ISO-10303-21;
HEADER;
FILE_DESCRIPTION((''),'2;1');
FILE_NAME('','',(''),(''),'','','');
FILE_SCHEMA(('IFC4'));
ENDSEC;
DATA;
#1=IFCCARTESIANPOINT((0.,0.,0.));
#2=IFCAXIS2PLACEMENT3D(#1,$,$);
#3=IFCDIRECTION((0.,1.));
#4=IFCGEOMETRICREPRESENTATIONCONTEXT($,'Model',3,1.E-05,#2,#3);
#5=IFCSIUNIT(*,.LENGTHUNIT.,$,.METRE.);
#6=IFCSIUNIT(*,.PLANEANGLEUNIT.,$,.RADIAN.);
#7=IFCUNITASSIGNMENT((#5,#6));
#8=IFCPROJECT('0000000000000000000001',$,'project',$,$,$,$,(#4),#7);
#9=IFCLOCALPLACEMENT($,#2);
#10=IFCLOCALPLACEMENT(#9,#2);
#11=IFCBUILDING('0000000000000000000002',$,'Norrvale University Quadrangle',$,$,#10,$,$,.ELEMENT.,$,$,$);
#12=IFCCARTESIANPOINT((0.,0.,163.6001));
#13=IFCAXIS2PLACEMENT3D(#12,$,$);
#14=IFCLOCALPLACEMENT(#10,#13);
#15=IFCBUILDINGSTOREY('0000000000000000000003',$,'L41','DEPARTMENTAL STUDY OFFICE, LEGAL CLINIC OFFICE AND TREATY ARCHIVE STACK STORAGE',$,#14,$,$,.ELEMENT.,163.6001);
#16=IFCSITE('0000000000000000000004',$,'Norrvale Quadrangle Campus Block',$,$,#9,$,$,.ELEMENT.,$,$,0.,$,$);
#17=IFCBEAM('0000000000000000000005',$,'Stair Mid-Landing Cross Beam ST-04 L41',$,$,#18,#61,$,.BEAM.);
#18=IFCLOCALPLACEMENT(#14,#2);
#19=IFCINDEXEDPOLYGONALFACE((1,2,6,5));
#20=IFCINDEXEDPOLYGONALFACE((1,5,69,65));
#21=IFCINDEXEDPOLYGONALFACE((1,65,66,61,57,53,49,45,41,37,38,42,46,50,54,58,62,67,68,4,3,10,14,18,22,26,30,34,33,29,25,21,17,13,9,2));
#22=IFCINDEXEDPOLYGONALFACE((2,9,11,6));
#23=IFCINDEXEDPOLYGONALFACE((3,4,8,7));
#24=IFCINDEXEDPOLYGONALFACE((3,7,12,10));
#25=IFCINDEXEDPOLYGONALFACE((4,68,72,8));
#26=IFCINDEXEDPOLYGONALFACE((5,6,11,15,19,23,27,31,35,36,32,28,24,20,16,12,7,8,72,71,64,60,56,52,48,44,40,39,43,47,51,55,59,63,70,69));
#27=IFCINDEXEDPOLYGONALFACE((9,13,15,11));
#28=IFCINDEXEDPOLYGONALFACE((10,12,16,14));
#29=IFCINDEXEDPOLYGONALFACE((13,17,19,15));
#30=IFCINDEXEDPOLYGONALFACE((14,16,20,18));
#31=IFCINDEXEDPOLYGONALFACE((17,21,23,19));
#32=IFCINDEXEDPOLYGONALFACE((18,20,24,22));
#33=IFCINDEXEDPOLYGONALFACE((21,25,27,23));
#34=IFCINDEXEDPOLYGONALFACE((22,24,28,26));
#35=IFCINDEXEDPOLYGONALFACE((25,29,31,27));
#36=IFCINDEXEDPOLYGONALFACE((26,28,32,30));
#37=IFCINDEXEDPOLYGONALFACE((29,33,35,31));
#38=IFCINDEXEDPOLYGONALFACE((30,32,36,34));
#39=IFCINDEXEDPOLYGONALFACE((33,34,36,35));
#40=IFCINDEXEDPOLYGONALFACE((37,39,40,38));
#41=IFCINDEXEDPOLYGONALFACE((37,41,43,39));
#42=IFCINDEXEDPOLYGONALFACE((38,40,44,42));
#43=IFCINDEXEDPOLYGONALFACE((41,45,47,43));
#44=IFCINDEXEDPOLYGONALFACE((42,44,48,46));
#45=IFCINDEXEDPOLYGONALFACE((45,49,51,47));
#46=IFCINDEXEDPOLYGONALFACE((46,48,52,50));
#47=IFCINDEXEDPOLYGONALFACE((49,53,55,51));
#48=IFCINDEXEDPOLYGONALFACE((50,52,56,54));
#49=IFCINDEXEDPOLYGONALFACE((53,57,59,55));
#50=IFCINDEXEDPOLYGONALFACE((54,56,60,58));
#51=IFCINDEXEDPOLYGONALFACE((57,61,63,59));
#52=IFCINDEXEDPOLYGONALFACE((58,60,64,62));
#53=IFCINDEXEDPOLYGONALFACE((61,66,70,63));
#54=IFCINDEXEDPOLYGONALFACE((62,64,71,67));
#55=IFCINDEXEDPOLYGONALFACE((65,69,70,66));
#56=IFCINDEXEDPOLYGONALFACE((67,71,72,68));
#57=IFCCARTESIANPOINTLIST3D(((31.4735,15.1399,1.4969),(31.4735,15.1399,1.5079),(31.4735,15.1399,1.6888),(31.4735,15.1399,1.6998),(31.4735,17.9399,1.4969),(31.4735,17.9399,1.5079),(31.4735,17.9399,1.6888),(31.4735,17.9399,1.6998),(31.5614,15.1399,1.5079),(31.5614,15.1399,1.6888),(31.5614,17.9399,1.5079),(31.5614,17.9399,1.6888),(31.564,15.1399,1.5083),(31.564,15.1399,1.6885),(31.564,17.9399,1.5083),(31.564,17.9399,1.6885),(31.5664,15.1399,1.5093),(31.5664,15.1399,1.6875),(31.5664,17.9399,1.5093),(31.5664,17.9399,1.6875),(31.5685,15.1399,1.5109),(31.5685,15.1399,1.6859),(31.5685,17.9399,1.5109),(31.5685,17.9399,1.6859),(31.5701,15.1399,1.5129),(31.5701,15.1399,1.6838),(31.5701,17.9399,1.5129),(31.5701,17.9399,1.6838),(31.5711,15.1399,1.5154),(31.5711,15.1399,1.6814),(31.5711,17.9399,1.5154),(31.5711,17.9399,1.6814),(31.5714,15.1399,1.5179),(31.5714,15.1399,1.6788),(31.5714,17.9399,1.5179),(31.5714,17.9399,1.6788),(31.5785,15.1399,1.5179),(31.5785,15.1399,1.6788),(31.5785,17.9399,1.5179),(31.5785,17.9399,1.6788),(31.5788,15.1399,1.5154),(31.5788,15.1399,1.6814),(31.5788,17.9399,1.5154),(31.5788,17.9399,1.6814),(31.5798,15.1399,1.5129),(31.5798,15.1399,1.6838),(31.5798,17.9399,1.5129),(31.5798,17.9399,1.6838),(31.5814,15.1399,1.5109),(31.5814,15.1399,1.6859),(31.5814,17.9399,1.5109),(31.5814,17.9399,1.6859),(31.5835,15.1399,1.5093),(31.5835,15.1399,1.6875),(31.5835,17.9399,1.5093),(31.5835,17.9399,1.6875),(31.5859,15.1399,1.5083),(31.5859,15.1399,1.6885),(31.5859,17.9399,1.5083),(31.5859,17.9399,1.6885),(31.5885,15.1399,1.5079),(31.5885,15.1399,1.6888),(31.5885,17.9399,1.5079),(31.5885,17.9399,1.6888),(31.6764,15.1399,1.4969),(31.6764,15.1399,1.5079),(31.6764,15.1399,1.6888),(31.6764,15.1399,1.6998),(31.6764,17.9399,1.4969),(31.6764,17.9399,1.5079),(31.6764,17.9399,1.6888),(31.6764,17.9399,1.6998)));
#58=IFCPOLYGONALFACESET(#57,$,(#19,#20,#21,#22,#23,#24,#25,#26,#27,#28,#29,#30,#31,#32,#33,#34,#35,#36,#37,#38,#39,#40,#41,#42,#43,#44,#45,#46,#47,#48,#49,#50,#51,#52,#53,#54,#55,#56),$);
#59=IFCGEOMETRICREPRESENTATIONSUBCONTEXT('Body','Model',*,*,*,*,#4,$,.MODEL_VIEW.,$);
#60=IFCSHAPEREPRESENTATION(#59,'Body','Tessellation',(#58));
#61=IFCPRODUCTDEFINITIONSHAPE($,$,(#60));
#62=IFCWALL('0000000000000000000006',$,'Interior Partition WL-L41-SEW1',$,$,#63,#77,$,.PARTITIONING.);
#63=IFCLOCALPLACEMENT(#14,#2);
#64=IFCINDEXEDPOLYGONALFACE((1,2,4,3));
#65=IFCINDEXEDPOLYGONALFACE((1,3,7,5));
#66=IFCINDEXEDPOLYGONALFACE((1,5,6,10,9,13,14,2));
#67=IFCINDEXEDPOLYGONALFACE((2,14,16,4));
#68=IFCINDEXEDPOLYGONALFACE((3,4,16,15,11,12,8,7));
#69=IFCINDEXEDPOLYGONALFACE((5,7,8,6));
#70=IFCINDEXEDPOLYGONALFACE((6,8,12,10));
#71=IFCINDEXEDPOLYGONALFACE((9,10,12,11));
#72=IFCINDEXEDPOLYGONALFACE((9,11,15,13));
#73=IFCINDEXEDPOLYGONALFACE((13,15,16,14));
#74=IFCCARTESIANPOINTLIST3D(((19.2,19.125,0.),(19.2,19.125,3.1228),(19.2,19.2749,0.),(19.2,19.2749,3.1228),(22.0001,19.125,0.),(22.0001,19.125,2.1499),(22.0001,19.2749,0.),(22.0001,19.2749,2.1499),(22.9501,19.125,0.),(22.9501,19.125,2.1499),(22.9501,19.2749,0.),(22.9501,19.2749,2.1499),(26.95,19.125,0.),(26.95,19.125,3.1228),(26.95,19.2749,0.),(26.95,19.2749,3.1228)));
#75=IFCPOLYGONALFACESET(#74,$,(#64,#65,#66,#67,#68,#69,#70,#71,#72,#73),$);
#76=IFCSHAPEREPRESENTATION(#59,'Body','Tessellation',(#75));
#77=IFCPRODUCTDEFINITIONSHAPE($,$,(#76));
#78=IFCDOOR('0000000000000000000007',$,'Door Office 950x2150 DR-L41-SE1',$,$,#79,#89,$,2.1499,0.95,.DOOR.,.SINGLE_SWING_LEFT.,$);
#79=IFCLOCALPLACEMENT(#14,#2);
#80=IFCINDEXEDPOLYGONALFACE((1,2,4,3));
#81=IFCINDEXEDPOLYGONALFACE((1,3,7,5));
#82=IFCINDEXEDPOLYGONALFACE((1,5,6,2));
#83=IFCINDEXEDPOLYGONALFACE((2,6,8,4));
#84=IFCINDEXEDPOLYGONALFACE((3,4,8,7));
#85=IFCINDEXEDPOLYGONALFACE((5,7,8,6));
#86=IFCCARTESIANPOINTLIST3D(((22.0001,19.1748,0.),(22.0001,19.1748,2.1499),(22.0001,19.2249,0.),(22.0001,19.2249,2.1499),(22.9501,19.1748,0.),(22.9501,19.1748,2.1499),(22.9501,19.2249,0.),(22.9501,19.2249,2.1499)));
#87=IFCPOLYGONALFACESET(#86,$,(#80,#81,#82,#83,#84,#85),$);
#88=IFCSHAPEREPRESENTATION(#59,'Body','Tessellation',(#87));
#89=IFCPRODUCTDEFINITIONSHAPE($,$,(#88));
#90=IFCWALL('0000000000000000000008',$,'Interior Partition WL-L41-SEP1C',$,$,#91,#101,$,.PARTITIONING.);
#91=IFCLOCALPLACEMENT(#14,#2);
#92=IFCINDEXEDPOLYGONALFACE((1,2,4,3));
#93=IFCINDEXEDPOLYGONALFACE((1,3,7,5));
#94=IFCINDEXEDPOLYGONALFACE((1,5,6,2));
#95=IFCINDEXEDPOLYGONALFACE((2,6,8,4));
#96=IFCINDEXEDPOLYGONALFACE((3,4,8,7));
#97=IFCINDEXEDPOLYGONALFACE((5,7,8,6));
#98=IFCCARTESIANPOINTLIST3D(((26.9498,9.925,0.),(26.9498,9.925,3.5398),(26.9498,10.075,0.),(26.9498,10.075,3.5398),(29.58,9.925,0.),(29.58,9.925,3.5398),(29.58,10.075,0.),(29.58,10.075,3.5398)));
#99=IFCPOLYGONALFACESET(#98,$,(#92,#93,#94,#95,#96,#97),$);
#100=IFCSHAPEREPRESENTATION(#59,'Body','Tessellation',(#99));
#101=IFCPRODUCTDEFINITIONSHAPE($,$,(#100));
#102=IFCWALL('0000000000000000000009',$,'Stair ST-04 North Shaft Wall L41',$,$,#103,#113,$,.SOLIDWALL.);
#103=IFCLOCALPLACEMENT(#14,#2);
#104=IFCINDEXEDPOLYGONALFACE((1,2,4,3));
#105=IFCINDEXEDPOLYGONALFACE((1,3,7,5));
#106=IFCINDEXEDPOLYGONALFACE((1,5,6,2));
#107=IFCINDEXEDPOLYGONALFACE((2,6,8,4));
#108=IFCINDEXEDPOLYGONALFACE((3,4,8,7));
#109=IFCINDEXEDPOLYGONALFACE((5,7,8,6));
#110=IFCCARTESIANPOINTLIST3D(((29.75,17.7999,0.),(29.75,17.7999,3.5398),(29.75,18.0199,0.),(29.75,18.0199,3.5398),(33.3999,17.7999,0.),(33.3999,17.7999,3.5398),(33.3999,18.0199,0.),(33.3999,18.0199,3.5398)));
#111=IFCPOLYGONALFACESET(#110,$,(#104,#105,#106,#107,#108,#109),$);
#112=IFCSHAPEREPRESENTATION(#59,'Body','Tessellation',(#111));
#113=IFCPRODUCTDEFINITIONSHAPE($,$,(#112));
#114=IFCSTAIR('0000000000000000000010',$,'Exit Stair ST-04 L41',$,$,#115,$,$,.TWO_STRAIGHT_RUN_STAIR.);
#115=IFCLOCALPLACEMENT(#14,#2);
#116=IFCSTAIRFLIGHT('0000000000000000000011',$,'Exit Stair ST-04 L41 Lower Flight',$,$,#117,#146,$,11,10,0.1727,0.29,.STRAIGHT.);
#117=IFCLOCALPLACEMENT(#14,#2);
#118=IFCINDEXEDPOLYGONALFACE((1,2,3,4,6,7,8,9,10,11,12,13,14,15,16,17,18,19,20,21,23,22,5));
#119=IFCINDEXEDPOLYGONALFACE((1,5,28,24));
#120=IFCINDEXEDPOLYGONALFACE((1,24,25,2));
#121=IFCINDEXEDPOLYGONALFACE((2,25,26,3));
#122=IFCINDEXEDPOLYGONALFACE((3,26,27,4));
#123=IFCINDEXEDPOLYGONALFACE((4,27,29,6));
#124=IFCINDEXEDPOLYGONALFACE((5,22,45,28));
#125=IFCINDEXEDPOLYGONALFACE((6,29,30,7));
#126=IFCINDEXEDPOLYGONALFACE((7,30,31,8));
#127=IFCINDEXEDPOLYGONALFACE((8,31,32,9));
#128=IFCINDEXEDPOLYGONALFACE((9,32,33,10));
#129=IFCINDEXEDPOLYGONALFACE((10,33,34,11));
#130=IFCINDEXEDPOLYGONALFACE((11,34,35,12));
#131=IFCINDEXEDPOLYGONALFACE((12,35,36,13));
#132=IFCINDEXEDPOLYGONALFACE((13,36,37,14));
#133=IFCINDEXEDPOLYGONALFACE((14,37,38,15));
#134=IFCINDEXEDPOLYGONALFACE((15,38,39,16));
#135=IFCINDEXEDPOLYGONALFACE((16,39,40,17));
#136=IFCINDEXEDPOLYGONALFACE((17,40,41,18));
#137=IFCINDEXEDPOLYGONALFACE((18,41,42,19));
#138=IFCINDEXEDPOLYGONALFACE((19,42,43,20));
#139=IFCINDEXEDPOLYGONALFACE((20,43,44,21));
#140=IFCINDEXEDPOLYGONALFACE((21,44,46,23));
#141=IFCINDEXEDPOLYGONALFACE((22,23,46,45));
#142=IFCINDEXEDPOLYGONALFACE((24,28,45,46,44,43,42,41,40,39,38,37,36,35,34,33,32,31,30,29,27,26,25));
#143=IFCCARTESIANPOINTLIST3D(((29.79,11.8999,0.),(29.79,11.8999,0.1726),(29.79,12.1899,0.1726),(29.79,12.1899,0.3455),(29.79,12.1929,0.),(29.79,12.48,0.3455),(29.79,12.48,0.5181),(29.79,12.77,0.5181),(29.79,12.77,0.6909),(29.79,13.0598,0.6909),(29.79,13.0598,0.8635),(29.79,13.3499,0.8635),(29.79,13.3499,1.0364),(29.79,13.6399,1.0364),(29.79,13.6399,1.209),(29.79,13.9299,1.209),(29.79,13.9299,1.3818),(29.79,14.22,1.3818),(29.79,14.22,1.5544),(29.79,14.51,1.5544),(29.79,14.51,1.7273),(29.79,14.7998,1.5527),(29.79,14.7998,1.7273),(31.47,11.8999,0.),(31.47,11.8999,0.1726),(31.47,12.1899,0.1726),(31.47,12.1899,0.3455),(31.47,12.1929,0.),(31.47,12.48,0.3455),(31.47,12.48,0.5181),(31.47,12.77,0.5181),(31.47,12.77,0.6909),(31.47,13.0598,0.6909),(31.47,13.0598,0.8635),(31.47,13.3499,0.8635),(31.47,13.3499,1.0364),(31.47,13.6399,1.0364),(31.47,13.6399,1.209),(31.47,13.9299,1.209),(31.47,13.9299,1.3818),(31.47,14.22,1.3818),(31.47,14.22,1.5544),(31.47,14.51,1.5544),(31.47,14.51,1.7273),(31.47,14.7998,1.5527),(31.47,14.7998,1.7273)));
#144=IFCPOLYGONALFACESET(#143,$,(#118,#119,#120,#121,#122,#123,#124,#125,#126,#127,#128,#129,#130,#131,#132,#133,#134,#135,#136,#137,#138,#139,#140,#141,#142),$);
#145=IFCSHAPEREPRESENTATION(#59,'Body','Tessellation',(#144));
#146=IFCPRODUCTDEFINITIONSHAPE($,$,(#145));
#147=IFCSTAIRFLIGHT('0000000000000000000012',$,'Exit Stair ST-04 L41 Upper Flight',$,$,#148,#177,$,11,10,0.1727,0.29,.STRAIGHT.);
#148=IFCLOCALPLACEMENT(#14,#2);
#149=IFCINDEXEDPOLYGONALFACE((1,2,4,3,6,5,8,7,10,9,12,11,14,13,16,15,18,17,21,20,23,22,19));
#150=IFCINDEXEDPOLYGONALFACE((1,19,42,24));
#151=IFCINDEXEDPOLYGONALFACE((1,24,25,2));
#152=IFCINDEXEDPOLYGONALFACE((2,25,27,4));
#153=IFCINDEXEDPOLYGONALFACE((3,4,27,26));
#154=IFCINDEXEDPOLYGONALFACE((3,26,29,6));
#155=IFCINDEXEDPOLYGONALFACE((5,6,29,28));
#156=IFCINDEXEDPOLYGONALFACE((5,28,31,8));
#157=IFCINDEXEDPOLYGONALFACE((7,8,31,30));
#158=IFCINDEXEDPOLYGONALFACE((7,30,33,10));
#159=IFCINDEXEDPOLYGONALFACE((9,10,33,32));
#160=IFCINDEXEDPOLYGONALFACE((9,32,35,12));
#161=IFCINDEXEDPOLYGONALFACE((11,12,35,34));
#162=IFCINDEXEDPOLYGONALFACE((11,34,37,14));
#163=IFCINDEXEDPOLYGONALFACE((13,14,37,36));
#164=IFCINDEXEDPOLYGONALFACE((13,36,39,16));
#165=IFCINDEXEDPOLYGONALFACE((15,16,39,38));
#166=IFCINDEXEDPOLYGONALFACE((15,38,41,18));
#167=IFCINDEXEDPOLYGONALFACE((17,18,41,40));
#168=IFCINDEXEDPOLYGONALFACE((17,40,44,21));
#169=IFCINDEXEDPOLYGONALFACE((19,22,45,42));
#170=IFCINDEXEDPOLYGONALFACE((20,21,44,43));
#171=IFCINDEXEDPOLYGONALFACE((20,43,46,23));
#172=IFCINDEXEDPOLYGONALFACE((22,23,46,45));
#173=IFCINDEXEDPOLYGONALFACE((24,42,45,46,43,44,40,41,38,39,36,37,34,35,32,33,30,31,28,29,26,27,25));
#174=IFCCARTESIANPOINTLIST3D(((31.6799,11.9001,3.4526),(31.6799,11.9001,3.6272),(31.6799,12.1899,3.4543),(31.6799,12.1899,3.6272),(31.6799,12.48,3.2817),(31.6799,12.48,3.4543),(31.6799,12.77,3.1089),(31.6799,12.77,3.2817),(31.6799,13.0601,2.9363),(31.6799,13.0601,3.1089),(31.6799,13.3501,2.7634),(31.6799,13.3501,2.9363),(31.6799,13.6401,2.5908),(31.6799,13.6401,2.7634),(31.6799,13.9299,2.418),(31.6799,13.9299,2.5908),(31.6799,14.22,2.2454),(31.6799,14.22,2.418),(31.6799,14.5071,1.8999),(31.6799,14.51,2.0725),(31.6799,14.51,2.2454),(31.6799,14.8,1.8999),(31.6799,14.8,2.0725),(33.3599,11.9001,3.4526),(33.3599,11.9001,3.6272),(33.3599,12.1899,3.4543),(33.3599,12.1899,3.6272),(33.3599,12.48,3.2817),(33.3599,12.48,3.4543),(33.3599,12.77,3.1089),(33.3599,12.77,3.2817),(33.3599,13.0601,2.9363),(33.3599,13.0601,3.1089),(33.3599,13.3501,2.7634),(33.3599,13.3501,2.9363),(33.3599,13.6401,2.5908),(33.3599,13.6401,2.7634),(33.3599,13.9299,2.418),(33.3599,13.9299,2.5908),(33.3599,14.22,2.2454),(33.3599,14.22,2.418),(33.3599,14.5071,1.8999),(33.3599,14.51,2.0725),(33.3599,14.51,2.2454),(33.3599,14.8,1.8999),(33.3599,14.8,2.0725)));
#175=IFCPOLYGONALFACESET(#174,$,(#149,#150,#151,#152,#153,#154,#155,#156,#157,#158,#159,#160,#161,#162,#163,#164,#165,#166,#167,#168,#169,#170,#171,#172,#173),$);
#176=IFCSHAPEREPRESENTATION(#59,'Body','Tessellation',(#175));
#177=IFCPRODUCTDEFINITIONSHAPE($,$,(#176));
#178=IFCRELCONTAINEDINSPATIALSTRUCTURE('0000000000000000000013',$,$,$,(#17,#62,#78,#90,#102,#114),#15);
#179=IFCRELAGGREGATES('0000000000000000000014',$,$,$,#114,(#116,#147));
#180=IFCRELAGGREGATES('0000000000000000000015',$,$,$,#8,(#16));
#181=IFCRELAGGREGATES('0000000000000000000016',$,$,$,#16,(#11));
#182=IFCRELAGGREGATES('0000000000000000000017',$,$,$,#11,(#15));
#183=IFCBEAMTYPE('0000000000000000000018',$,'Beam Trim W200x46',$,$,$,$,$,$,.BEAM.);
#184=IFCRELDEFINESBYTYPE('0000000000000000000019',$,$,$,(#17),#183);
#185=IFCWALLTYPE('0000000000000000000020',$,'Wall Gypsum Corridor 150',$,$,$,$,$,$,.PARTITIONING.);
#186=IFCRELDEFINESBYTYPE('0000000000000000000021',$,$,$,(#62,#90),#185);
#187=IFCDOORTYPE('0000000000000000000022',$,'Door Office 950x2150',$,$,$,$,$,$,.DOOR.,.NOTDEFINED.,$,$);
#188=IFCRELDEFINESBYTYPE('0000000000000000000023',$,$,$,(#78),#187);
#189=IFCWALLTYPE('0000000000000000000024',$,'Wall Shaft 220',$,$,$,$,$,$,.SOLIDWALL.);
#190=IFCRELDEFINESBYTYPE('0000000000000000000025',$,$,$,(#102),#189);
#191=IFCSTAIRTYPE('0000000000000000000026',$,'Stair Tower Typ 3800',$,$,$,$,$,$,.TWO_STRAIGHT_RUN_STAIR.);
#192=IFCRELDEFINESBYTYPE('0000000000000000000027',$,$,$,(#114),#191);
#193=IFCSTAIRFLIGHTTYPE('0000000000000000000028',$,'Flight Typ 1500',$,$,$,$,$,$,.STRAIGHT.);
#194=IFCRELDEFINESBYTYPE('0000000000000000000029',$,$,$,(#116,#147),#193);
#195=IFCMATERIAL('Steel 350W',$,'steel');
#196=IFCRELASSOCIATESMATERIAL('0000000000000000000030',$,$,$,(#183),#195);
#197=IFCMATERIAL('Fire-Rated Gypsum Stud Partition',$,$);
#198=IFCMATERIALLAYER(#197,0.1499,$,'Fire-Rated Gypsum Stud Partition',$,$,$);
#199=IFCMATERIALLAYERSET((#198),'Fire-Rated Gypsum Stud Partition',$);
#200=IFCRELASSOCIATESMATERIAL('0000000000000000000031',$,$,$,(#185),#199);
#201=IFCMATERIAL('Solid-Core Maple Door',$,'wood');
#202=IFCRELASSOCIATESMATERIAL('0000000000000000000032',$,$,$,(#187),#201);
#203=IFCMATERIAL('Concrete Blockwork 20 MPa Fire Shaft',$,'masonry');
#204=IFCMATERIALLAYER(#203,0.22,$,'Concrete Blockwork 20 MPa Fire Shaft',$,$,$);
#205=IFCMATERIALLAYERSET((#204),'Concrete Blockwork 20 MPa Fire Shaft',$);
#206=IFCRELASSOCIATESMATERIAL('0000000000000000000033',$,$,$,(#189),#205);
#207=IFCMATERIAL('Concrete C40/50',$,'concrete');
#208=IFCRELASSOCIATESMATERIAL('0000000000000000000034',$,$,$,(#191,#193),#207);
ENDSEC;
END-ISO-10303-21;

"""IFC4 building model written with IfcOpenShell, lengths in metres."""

from ifc_helpers import new_model, si_unit, direction, frame, frame_2d, origin, origin_2d, place, context, subcontext, project, spatial, polyline, rectangle, i_section, outline, extrude, material, layer, layer_set, material_profile, profile_set, type_object, element, fill, aggregate, save


model = new_model("IFC4")

# Units and contexts
model_context = context("Model", 3, precision=1e-05, world=origin(), true_north=direction((0.0, 1.0)))
body_context = subcontext(model_context, "Body", "Model", "MODEL_VIEW")
ifc_project = project(units=[si_unit("LENGTHUNIT", "METRE"), si_unit("PLANEANGLEUNIT", "RADIAN")], contexts=[model_context])

# Site, building, storey
site_placement = place(None, origin())
site = spatial("IfcSite", under=ifc_project, at=site_placement, Name="Norrvale Quadrangle Campus Block", CompositionType="ELEMENT", RefElevation=0.0)
building_placement = place(site_placement, origin())
building = spatial("IfcBuilding", under=site, at=building_placement, Name="Norrvale University Quadrangle", CompositionType="ELEMENT")
storey_placement = place(building_placement, frame((0.0, 0.0, 163.6001)))
storey = spatial("IfcBuildingStorey", under=building, at=storey_placement, Name="L41", Description="DEPARTMENTAL STUDY OFFICE, LEGAL CLINIC OFFICE AND TREATY ARCHIVE STACK STORAGE", CompositionType="ELEMENT", Elevation=163.6001)

# Beam
ifc_material_1 = material(Name="Steel 350W", Category="steel")
ifc_material_profile_1 = material_profile(ifc_material_1, i_section(OverallWidth=0.2029, OverallDepth=0.2029, WebThickness=0.0071, FlangeThickness=0.011, FilletRadius=0.01, at=origin_2d()), Name="Steel 350W")
ifc_profile_set_1 = profile_set([ifc_material_profile_1], Name="Steel 350W")
beam_type_1 = type_object("IfcBeamType", Name="Beam Trim W200x46", PredefinedType="BEAM", material=ifc_profile_set_1)
beam_1_placement = place(storey_placement, frame((31.575, 15.1399, 1.5984), z_axis=(0.0, 1.0, 0.0), x_axis=(-1.0, 0.0, 0.0)))
element("IfcBeam", 1, at=beam_1_placement, inside=storey, type_object=beam_type_1, Name="Stair Mid-Landing Cross Beam ST-04 L41", PredefinedType="BEAM", context=body_context, shape_type="SweptSolid", body=[
    extrude(i_section(OverallWidth=0.2029, OverallDepth=0.2029, WebThickness=0.0071, FlangeThickness=0.011, FilletRadius=0.01, at=origin_2d()), origin(), (0.0, 0.0, 1.0), 2.8),
])

# Wall, opening, door
ifc_material_2 = material(Name="Fire-Rated Gypsum Stud Partition")
ifc_layer_1 = layer(ifc_material_2, 0.1499, Name="Fire-Rated Gypsum Stud Partition")
ifc_layer_set_1 = layer_set([ifc_layer_1], Name="Fire-Rated Gypsum Stud Partition")
wall_type_1 = type_object("IfcWallType", Name="Wall Gypsum Corridor 150", PredefinedType="PARTITIONING", material=ifc_layer_set_1)
wall_1_placement = place(storey_placement, frame((19.2, 19.2, 0.0), z_axis=(0.0, 0.0, 1.0), x_axis=(1.0, 0.0, 0.0)))
wall_1 = element("IfcWall", 2, at=wall_1_placement, inside=storey, type_object=wall_type_1, Name="Interior Partition WL-L41-SEW1", PredefinedType="PARTITIONING", context=body_context, shape_type="SweptSolid", body=[
    extrude(rectangle(XDim=7.75, YDim=0.1499, at=frame_2d((3.875, 0.0))), origin(), (0.0, 0.0, 1.0), 3.1228),
])
opening_placement = place(wall_1_placement, frame((2.8, 0.0, 0.0)))
opening = element("IfcOpeningElement", 3, at=opening_placement, cuts=wall_1, PredefinedType="OPENING", context=body_context, shape_type="SweptSolid", body=[
    extrude(rectangle(XDim=0.95, YDim=2.1499, at=frame_2d((0.4751, 1.075))), frame((0.0, 0.0869, 0.0), z_axis=(0.0, -1.0, 0.0), x_axis=(1.0, 0.0, 0.0)), (0.0, 0.0, 1.0), 0.1738),
])
ifc_material_3 = material(Name="Solid-Core Maple Door", Category="wood")
door_type = type_object("IfcDoorType", Name="Door Office 950x2150", OperationType="NOTDEFINED", PredefinedType="DOOR", material=ifc_material_3)
door_placement = place(opening_placement, origin())
door = element("IfcDoor", 4, at=door_placement, inside=storey, type_object=door_type, Name="Door Office 950x2150 DR-L41-SE1", OperationType="SINGLE_SWING_LEFT", OverallHeight=2.1499, OverallWidth=0.95, PredefinedType="DOOR", context=body_context, shape_type="SweptSolid", body=[
    extrude(rectangle(XDim=0.95, YDim=2.1499, at=frame_2d((0.4751, 1.075))), frame((0.0, 0.0249, 0.0), z_axis=(0.0, -1.0, 0.0), x_axis=(1.0, 0.0, 0.0)), (0.0, 0.0, 1.0), 0.05),
])
fill(opening, door)

# Walls
wall_2_placement = place(storey_placement, frame((26.95, 10.0, 0.0), z_axis=(0.0, 0.0, 1.0), x_axis=(1.0, 0.0, 0.0)))
element("IfcWall", 5, at=wall_2_placement, inside=storey, type_object=wall_type_1, Name="Interior Partition WL-L41-SEP1C", PredefinedType="PARTITIONING", context=body_context, shape_type="SweptSolid", body=[
    extrude(rectangle(XDim=2.6301, YDim=0.1499, at=frame_2d((1.3149, 0.0))), origin(), (0.0, 0.0, 1.0), 3.5398),
])
ifc_material_4 = material(Name="Concrete Blockwork 20 MPa Fire Shaft", Category="masonry")
ifc_layer_2 = layer(ifc_material_4, 0.22, Name="Concrete Blockwork 20 MPa Fire Shaft")
ifc_layer_set_2 = layer_set([ifc_layer_2], Name="Concrete Blockwork 20 MPa Fire Shaft")
wall_type_2 = type_object("IfcWallType", Name="Wall Shaft 220", PredefinedType="SOLIDWALL", material=ifc_layer_set_2)
wall_3_placement = place(storey_placement, frame((29.75, 17.9099, 0.0), z_axis=(0.0, 0.0, 1.0), x_axis=(1.0, 0.0, 0.0)))
element("IfcWall", 6, at=wall_3_placement, inside=storey, type_object=wall_type_2, Name="Stair ST-04 North Shaft Wall L41", PredefinedType="SOLIDWALL", context=body_context, shape_type="SweptSolid", body=[
    extrude(rectangle(XDim=3.6499, YDim=0.22, at=frame_2d((1.825, 0.0))), origin(), (0.0, 0.0, 1.0), 3.5398),
])

# Stair, stair flights
ifc_material_5 = material(Name="Concrete C40/50", Category="concrete")
stair_type = type_object("IfcStairType", Name="Stair Tower Typ 3800", PredefinedType="TWO_STRAIGHT_RUN_STAIR", material=ifc_material_5)
stair_placement = place(storey_placement, origin())
stair = element("IfcStair", 7, at=stair_placement, inside=storey, type_object=stair_type, Name="Exit Stair ST-04 L41", PredefinedType="TWO_STRAIGHT_RUN_STAIR")
stair_flight_type = type_object("IfcStairFlightType", Name="Flight Typ 1500", PredefinedType="STRAIGHT", material=ifc_material_5)
stair_flight_1_placement = place(storey_placement, frame((30.6299, 11.8999, 0.0), z_axis=(0.0, 0.0, 1.0), x_axis=(0.0, 1.0, 0.0)))
stair_flight_1 = element("IfcStairFlight", 8, at=stair_flight_1_placement, type_object=stair_flight_type, Name="Exit Stair ST-04 L41 Lower Flight", NumberOfRisers=11, NumberOfTreads=10, PredefinedType="STRAIGHT", RiserHeight=0.1727, TreadLength=0.29, context=body_context, shape_type="SweptSolid", body=[
    extrude(outline(polyline([(0.0, 0.0), (0.0, 0.1726), (0.29, 0.1726), (0.29, 0.3455), (0.5801, 0.3455), (0.5801, 0.5181), (0.8701, 0.5181), (0.8701, 0.6909), (1.1599, 0.6909), (1.1599, 0.8635), (1.45, 0.8635), (1.45, 1.0364), (1.74, 1.0364), (1.74, 1.209), (2.03, 1.209), (2.03, 1.3818), (2.3201, 1.3818), (2.3201, 1.5544), (2.6101, 1.5544), (2.6101, 1.7273), (2.8999, 1.7273), (2.8999, 1.8999), (2.8999, 1.5527), (0.293, 0.0), (0.0, 0.0)])), frame((0.0, 0.8398, 0.0), z_axis=(0.0, -1.0, 0.0), x_axis=(1.0, 0.0, 0.0)), (0.0, 0.0, 1.0), 1.6799),
])
stair_flight_2_placement = place(storey_placement, frame((32.52, 14.8, 1.8999), z_axis=(0.0, 0.0, 1.0), x_axis=(0.0, -1.0, 0.0)))
stair_flight_2 = element("IfcStairFlight", 9, at=stair_flight_2_placement, type_object=stair_flight_type, Name="Exit Stair ST-04 L41 Upper Flight", NumberOfRisers=11, NumberOfTreads=10, PredefinedType="STRAIGHT", RiserHeight=0.1727, TreadLength=0.29, context=body_context, shape_type="SweptSolid", body=[
    extrude(outline(polyline([(0.0, 0.0), (0.0, 0.1726), (0.29, 0.1726), (0.29, 0.3455), (0.5801, 0.3455), (0.5801, 0.5181), (0.8701, 0.5181), (0.8701, 0.6909), (1.1599, 0.6909), (1.1599, 0.8635), (1.45, 0.8635), (1.45, 1.0364), (1.74, 1.0364), (1.74, 1.209), (2.03, 1.209), (2.03, 1.3818), (2.3201, 1.3818), (2.3201, 1.5544), (2.6101, 1.5544), (2.6101, 1.7273), (2.8999, 1.7273), (2.8999, 1.8999), (2.8999, 1.5527), (0.293, 0.0), (0.0, 0.0)])), frame((0.0, 0.8398, 0.0), z_axis=(0.0, -1.0, 0.0), x_axis=(1.0, 0.0, 0.0)), (0.0, 0.0, 1.0), 1.6799),
])
aggregate(stair, [stair_flight_1, stair_flight_2])

save(model, "model.ifc")
